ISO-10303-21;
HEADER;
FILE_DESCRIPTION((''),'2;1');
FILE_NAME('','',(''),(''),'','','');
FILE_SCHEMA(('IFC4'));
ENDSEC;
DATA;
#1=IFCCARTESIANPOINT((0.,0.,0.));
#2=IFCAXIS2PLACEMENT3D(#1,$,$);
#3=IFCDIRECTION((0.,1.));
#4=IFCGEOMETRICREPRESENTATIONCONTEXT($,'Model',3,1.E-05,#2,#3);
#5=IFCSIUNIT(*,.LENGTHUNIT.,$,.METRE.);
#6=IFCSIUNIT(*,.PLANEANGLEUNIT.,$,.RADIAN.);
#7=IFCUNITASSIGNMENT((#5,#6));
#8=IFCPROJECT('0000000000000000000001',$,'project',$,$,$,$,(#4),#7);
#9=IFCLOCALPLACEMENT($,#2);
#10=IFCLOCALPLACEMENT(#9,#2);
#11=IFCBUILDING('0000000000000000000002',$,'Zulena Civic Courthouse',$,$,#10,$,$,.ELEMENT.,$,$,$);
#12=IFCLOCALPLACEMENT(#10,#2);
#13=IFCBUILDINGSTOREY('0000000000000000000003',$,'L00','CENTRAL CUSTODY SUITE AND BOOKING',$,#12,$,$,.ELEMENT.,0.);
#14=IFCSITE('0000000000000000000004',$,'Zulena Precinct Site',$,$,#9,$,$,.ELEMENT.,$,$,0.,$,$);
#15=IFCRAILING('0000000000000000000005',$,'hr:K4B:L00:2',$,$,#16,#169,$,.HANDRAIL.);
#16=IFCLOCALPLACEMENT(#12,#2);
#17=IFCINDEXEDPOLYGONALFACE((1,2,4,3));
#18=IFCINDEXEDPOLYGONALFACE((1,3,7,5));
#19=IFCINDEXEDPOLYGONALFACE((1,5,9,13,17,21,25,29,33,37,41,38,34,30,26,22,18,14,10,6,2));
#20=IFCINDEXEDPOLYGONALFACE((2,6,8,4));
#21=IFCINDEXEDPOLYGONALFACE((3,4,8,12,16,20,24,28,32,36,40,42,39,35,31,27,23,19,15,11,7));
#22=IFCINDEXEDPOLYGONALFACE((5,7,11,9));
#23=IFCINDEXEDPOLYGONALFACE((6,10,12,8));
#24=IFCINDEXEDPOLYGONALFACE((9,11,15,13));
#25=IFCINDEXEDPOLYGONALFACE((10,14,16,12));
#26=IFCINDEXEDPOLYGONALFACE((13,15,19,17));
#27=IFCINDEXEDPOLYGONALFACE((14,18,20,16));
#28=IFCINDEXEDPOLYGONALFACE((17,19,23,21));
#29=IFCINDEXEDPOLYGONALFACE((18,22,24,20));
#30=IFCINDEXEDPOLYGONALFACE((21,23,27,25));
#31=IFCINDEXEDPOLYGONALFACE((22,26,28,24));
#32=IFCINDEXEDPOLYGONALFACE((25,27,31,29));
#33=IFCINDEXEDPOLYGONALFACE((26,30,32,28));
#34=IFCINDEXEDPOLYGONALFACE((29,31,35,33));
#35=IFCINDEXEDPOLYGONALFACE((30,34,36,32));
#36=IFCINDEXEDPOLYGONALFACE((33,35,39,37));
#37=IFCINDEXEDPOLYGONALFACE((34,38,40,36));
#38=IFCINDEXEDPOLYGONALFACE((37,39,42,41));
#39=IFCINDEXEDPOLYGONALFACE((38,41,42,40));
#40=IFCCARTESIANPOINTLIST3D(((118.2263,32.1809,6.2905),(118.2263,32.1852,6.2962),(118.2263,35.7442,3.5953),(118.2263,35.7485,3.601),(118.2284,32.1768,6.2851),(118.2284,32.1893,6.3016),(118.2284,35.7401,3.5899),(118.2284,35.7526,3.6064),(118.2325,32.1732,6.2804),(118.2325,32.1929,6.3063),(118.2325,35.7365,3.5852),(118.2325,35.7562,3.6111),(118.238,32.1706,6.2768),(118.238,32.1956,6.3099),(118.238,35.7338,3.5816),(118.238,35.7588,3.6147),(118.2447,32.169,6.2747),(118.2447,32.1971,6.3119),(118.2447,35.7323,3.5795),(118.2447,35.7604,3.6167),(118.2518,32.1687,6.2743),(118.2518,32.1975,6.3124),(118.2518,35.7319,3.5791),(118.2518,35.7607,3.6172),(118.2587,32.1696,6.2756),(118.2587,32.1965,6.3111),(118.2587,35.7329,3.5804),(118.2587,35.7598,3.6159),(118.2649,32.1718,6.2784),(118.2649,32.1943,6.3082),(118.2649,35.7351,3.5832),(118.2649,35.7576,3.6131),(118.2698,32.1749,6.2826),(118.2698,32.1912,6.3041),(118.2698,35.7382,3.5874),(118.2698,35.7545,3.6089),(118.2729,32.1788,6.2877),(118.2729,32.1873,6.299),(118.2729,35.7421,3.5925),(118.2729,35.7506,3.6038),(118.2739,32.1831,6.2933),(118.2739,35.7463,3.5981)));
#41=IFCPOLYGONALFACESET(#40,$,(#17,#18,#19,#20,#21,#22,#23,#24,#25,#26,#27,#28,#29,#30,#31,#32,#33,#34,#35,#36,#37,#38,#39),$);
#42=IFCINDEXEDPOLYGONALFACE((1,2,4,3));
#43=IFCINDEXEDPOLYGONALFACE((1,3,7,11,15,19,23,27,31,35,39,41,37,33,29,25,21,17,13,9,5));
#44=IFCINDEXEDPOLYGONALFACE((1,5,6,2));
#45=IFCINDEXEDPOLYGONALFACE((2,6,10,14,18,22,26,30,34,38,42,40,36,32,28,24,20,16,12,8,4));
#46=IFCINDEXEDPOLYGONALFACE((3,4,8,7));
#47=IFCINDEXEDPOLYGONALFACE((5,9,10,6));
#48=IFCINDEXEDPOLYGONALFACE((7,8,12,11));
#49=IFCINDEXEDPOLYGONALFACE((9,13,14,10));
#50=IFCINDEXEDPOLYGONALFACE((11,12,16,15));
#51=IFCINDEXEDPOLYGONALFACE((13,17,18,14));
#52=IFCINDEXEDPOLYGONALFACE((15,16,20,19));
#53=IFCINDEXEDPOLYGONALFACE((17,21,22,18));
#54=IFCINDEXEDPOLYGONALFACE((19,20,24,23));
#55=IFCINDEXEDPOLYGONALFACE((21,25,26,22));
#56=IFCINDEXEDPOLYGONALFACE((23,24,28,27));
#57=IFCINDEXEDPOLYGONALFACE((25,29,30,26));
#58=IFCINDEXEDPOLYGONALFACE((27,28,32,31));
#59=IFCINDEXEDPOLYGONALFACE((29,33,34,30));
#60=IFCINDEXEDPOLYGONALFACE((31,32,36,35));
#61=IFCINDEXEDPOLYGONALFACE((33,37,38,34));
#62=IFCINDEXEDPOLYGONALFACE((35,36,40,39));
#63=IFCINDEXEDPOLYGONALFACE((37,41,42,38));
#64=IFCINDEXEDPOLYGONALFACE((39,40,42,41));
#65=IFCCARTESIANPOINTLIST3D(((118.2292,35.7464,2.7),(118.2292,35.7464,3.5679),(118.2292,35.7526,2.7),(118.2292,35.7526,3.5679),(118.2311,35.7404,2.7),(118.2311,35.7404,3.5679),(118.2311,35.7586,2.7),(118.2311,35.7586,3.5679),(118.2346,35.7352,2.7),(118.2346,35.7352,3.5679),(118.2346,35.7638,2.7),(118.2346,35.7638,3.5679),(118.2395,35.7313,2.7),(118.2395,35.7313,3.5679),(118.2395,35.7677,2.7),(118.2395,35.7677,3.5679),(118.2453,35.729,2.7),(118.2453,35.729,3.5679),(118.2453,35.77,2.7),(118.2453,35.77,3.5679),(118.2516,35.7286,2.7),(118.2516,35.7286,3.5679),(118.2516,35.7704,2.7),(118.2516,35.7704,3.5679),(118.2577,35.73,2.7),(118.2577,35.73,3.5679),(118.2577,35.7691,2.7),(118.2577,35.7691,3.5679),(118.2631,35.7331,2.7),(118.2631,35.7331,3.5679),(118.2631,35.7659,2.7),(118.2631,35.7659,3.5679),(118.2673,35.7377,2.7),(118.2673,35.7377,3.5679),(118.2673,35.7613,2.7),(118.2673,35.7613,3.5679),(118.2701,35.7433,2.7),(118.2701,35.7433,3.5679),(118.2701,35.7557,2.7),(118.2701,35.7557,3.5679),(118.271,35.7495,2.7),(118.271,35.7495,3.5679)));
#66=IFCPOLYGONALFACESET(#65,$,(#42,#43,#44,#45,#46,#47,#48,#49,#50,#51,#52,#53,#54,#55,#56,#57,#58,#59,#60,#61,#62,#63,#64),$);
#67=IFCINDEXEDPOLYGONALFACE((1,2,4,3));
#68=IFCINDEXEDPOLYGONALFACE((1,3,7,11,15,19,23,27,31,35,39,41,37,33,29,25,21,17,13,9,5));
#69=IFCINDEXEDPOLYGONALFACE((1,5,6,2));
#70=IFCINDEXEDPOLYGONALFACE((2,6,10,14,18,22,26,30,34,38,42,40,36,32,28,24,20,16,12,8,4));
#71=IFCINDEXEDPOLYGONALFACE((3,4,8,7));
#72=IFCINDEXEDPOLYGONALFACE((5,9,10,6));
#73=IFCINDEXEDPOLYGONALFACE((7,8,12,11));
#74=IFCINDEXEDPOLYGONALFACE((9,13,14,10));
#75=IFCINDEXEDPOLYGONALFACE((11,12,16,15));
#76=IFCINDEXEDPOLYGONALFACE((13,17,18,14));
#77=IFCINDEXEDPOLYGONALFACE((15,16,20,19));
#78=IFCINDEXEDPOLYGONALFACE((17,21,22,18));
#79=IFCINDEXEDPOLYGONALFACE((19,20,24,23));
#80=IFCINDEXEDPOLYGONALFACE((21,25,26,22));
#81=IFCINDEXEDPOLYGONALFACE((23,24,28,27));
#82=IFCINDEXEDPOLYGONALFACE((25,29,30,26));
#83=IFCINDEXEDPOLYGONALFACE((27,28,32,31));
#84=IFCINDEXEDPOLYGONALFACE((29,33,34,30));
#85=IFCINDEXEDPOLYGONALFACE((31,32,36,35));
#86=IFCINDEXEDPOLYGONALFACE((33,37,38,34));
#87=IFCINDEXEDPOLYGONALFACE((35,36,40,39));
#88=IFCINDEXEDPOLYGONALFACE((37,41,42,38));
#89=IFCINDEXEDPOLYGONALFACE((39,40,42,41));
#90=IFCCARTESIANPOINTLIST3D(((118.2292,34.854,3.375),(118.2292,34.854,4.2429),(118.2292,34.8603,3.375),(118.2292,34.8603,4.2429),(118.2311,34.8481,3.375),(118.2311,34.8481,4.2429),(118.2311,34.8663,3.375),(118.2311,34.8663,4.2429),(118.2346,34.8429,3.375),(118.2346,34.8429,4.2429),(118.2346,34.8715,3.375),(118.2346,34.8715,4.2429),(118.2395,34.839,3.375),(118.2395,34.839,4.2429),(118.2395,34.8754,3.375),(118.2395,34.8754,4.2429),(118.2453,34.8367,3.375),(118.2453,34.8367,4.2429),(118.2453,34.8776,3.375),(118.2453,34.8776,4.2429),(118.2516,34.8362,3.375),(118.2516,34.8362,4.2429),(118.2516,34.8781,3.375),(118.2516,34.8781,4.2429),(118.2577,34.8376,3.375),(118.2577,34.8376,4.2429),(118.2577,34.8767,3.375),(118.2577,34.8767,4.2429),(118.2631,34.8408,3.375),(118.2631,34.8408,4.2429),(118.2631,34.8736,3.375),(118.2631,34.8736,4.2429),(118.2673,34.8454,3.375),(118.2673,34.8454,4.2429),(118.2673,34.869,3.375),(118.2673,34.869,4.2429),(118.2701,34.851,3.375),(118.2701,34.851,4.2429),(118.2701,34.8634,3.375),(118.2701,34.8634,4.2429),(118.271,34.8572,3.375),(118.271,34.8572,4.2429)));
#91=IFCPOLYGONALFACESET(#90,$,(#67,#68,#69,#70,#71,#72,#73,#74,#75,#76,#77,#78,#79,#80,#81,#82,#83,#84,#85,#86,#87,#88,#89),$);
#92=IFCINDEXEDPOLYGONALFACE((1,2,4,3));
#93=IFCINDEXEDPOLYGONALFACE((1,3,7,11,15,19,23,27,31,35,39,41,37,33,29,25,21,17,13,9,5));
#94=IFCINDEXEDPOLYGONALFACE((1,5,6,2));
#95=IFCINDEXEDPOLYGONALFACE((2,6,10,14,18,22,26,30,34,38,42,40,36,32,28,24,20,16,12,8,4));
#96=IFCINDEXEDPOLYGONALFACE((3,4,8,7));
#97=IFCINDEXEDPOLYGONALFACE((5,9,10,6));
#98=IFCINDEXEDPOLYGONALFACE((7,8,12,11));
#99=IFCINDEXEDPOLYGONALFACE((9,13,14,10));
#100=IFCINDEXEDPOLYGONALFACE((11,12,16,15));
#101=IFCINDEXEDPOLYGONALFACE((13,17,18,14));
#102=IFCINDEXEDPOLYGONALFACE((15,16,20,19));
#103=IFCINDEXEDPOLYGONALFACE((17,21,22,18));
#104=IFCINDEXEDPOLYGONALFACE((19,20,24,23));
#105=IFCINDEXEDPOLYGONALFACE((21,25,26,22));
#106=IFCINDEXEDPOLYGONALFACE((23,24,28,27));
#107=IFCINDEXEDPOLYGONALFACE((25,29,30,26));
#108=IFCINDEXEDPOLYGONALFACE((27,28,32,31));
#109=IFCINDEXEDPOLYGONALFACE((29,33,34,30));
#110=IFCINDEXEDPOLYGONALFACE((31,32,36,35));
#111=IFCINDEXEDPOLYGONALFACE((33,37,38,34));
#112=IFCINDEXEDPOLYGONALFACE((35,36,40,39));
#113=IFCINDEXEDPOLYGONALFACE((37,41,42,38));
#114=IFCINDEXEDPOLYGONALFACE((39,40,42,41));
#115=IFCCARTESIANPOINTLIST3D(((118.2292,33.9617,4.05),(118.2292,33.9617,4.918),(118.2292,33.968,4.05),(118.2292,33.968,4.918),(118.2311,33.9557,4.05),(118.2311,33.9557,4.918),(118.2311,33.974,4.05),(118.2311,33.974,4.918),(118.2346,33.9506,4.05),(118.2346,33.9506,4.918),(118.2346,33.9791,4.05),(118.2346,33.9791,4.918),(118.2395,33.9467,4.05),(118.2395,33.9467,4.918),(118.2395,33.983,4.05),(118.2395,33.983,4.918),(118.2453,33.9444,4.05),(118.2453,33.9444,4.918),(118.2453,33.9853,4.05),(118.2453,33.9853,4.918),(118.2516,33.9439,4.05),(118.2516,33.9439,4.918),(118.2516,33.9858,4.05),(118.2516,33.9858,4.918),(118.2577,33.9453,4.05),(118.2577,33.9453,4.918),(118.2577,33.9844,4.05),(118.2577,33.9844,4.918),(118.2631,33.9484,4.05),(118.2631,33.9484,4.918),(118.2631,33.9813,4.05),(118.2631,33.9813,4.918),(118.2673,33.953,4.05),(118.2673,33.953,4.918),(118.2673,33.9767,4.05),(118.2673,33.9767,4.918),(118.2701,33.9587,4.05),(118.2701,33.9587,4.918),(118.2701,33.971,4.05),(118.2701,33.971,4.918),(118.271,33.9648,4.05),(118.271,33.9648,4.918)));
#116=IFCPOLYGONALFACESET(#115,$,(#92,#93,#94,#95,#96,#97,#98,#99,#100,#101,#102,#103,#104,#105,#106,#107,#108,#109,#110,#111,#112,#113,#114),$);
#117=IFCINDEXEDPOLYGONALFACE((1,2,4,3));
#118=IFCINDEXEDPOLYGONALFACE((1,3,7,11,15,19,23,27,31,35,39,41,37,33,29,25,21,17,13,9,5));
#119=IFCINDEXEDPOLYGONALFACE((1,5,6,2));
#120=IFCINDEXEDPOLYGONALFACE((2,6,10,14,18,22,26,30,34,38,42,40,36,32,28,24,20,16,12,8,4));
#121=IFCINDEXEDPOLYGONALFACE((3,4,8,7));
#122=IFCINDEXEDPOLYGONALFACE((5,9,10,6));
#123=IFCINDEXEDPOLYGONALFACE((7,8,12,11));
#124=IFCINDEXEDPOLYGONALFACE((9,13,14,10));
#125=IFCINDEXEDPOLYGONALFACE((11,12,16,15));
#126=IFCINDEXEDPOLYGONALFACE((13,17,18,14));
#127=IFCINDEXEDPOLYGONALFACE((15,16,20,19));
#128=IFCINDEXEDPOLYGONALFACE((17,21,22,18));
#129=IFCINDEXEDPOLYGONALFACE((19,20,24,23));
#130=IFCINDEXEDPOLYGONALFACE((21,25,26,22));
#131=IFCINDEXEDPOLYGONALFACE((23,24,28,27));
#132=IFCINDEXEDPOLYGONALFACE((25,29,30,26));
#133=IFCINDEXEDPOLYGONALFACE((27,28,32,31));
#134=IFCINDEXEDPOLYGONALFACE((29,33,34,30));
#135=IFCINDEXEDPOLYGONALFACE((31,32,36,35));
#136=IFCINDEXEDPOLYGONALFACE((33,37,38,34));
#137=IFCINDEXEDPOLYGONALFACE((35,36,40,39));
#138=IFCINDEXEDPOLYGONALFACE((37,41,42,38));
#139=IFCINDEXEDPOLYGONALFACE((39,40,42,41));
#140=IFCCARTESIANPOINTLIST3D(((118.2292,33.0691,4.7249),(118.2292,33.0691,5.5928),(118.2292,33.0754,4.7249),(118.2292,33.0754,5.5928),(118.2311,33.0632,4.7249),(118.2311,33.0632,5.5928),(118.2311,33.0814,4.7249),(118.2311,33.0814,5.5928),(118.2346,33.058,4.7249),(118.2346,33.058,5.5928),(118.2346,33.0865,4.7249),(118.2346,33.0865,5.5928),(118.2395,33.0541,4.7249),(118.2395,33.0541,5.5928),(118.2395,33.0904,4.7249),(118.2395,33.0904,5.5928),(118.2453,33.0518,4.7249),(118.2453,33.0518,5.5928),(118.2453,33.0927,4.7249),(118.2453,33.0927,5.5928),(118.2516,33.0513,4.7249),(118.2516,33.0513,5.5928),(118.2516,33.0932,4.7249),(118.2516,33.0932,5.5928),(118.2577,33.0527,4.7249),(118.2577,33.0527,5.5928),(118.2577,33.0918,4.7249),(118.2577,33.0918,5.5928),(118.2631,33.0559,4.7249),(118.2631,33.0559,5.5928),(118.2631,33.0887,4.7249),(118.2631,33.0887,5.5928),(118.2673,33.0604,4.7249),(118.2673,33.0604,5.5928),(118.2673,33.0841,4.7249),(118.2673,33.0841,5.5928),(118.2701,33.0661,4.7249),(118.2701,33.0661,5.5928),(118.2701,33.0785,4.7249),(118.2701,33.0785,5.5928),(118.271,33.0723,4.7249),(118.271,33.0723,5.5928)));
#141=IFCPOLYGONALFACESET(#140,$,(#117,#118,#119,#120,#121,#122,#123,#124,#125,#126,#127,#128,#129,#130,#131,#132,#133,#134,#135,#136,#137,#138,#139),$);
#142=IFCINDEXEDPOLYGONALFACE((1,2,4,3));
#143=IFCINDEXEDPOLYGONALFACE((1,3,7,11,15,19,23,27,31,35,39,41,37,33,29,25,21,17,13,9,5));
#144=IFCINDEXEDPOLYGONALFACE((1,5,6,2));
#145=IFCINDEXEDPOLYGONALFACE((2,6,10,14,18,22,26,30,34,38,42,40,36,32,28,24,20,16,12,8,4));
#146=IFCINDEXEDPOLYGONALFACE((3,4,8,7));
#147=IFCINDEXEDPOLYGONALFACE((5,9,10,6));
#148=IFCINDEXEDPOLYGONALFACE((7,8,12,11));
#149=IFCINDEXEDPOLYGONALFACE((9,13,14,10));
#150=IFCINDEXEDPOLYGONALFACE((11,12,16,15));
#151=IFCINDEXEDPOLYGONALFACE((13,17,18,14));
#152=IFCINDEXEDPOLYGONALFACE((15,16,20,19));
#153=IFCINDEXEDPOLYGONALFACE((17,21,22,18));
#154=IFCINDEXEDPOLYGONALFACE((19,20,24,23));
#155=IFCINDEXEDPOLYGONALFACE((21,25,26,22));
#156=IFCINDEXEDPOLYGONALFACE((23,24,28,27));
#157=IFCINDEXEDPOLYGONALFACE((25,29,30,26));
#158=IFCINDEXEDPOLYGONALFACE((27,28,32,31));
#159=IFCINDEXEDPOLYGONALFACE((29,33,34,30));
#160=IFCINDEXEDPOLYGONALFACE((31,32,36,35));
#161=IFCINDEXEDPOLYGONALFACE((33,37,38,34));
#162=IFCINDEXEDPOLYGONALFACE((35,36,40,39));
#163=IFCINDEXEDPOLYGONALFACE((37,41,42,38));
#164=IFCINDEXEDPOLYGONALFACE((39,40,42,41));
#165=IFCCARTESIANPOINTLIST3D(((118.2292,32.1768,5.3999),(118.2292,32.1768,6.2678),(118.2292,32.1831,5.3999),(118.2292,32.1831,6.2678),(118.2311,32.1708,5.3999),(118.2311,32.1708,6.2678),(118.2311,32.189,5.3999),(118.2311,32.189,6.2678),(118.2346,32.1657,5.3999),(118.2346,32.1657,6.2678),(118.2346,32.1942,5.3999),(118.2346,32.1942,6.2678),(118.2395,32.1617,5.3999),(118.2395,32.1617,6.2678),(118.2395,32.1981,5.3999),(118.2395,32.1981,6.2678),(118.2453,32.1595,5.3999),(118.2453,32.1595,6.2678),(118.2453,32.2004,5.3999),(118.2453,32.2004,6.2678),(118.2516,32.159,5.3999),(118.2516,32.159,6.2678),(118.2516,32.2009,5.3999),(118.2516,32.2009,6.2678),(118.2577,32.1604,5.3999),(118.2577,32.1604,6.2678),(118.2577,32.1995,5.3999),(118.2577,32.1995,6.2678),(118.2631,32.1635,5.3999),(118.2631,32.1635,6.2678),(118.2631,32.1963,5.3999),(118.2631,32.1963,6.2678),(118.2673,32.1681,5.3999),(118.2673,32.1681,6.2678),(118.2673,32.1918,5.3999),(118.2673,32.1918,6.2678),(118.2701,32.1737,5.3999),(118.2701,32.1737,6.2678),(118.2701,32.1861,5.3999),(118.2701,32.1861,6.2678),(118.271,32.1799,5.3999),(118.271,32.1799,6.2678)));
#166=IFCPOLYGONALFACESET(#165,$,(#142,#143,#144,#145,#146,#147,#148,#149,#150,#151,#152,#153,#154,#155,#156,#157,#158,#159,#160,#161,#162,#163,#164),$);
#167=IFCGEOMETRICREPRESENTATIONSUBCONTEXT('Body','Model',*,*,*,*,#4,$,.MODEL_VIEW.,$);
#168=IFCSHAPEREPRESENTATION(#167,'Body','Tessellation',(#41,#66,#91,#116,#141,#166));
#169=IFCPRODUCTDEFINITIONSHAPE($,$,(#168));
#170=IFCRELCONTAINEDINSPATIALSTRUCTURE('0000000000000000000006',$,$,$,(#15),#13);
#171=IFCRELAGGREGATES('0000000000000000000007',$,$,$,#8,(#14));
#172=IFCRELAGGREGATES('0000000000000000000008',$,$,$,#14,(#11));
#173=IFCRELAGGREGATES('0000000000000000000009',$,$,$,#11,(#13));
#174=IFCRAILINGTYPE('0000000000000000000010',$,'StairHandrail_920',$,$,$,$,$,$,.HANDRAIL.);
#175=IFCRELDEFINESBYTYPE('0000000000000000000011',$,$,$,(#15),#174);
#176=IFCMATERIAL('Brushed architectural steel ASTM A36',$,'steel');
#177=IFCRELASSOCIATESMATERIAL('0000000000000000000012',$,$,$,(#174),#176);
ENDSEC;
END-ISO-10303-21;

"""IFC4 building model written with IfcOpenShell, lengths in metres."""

from ifc_helpers import new_model, si_unit, direction, frame, origin, origin_2d, place, context, subcontext, project, spatial, circle, extrude, material, type_object, element, save


model = new_model("IFC4")

# Units and contexts
model_context = context("Model", 3, precision=1e-05, world=origin(), true_north=direction((0.0, 1.0)))
body_context = subcontext(model_context, "Body", "Model", "MODEL_VIEW")
ifc_project = project(units=[si_unit("LENGTHUNIT", "METRE"), si_unit("PLANEANGLEUNIT", "RADIAN")], contexts=[model_context])

# Site, building, storey
site_placement = place(None, origin())
site = spatial("IfcSite", under=ifc_project, at=site_placement, Name="Zulena Precinct Site", CompositionType="ELEMENT", RefElevation=0.0)
building_placement = place(site_placement, origin())
building = spatial("IfcBuilding", under=site, at=building_placement, Name="Zulena Civic Courthouse", CompositionType="ELEMENT")
storey_placement = place(building_placement, origin())
storey = spatial("IfcBuildingStorey", under=building, at=storey_placement, Name="L00", Description="CENTRAL CUSTODY SUITE AND BOOKING", CompositionType="ELEMENT", Elevation=0.0)

# Railing
ifc_material_1 = material(Name="Brushed architectural steel ASTM A36", Category="steel")
railing_type_1 = type_object("IfcRailingType", Name="StairHandrail_920", PredefinedType="HANDRAIL", material=ifc_material_1)
railing_1_placement = place(storey_placement, frame((118.25, 35.7495, 2.7)))
element("IfcRailing", 1, at=railing_1_placement, inside=storey, type_object=railing_type_1, Name="hr:K4B:L00:2", PredefinedType="HANDRAIL", context=body_context, shape_type="SweptSolid", body=[
    extrude(circle(Radius=0.0239, at=origin_2d()), frame((0.0, -0.0032, 0.8982), z_axis=(0.0, -0.797552, 0.60325), x_axis=(1.0, 0.0, 0.0)), (0.0, 0.0, 1.0), 4.4678),
    extrude(circle(Radius=0.021, at=origin_2d()), origin(), (0.0, 0.0, 1.0), 0.8679),
    extrude(circle(Radius=0.021, at=origin_2d()), frame((0.0, -0.8923, 0.675)), (0.0, 0.0, 1.0), 0.8679),
    extrude(circle(Radius=0.021, at=origin_2d()), frame((0.0, -1.7847, 1.3501)), (0.0, 0.0, 1.0), 0.8679),
    extrude(circle(Radius=0.021, at=origin_2d()), frame((0.0, -2.6772, 2.0249)), (0.0, 0.0, 1.0), 0.8679),
    extrude(circle(Radius=0.021, at=origin_2d()), frame((0.0, -3.5696, 2.7)), (0.0, 0.0, 1.0), 0.8679),
])

save(model, "model.ifc")
